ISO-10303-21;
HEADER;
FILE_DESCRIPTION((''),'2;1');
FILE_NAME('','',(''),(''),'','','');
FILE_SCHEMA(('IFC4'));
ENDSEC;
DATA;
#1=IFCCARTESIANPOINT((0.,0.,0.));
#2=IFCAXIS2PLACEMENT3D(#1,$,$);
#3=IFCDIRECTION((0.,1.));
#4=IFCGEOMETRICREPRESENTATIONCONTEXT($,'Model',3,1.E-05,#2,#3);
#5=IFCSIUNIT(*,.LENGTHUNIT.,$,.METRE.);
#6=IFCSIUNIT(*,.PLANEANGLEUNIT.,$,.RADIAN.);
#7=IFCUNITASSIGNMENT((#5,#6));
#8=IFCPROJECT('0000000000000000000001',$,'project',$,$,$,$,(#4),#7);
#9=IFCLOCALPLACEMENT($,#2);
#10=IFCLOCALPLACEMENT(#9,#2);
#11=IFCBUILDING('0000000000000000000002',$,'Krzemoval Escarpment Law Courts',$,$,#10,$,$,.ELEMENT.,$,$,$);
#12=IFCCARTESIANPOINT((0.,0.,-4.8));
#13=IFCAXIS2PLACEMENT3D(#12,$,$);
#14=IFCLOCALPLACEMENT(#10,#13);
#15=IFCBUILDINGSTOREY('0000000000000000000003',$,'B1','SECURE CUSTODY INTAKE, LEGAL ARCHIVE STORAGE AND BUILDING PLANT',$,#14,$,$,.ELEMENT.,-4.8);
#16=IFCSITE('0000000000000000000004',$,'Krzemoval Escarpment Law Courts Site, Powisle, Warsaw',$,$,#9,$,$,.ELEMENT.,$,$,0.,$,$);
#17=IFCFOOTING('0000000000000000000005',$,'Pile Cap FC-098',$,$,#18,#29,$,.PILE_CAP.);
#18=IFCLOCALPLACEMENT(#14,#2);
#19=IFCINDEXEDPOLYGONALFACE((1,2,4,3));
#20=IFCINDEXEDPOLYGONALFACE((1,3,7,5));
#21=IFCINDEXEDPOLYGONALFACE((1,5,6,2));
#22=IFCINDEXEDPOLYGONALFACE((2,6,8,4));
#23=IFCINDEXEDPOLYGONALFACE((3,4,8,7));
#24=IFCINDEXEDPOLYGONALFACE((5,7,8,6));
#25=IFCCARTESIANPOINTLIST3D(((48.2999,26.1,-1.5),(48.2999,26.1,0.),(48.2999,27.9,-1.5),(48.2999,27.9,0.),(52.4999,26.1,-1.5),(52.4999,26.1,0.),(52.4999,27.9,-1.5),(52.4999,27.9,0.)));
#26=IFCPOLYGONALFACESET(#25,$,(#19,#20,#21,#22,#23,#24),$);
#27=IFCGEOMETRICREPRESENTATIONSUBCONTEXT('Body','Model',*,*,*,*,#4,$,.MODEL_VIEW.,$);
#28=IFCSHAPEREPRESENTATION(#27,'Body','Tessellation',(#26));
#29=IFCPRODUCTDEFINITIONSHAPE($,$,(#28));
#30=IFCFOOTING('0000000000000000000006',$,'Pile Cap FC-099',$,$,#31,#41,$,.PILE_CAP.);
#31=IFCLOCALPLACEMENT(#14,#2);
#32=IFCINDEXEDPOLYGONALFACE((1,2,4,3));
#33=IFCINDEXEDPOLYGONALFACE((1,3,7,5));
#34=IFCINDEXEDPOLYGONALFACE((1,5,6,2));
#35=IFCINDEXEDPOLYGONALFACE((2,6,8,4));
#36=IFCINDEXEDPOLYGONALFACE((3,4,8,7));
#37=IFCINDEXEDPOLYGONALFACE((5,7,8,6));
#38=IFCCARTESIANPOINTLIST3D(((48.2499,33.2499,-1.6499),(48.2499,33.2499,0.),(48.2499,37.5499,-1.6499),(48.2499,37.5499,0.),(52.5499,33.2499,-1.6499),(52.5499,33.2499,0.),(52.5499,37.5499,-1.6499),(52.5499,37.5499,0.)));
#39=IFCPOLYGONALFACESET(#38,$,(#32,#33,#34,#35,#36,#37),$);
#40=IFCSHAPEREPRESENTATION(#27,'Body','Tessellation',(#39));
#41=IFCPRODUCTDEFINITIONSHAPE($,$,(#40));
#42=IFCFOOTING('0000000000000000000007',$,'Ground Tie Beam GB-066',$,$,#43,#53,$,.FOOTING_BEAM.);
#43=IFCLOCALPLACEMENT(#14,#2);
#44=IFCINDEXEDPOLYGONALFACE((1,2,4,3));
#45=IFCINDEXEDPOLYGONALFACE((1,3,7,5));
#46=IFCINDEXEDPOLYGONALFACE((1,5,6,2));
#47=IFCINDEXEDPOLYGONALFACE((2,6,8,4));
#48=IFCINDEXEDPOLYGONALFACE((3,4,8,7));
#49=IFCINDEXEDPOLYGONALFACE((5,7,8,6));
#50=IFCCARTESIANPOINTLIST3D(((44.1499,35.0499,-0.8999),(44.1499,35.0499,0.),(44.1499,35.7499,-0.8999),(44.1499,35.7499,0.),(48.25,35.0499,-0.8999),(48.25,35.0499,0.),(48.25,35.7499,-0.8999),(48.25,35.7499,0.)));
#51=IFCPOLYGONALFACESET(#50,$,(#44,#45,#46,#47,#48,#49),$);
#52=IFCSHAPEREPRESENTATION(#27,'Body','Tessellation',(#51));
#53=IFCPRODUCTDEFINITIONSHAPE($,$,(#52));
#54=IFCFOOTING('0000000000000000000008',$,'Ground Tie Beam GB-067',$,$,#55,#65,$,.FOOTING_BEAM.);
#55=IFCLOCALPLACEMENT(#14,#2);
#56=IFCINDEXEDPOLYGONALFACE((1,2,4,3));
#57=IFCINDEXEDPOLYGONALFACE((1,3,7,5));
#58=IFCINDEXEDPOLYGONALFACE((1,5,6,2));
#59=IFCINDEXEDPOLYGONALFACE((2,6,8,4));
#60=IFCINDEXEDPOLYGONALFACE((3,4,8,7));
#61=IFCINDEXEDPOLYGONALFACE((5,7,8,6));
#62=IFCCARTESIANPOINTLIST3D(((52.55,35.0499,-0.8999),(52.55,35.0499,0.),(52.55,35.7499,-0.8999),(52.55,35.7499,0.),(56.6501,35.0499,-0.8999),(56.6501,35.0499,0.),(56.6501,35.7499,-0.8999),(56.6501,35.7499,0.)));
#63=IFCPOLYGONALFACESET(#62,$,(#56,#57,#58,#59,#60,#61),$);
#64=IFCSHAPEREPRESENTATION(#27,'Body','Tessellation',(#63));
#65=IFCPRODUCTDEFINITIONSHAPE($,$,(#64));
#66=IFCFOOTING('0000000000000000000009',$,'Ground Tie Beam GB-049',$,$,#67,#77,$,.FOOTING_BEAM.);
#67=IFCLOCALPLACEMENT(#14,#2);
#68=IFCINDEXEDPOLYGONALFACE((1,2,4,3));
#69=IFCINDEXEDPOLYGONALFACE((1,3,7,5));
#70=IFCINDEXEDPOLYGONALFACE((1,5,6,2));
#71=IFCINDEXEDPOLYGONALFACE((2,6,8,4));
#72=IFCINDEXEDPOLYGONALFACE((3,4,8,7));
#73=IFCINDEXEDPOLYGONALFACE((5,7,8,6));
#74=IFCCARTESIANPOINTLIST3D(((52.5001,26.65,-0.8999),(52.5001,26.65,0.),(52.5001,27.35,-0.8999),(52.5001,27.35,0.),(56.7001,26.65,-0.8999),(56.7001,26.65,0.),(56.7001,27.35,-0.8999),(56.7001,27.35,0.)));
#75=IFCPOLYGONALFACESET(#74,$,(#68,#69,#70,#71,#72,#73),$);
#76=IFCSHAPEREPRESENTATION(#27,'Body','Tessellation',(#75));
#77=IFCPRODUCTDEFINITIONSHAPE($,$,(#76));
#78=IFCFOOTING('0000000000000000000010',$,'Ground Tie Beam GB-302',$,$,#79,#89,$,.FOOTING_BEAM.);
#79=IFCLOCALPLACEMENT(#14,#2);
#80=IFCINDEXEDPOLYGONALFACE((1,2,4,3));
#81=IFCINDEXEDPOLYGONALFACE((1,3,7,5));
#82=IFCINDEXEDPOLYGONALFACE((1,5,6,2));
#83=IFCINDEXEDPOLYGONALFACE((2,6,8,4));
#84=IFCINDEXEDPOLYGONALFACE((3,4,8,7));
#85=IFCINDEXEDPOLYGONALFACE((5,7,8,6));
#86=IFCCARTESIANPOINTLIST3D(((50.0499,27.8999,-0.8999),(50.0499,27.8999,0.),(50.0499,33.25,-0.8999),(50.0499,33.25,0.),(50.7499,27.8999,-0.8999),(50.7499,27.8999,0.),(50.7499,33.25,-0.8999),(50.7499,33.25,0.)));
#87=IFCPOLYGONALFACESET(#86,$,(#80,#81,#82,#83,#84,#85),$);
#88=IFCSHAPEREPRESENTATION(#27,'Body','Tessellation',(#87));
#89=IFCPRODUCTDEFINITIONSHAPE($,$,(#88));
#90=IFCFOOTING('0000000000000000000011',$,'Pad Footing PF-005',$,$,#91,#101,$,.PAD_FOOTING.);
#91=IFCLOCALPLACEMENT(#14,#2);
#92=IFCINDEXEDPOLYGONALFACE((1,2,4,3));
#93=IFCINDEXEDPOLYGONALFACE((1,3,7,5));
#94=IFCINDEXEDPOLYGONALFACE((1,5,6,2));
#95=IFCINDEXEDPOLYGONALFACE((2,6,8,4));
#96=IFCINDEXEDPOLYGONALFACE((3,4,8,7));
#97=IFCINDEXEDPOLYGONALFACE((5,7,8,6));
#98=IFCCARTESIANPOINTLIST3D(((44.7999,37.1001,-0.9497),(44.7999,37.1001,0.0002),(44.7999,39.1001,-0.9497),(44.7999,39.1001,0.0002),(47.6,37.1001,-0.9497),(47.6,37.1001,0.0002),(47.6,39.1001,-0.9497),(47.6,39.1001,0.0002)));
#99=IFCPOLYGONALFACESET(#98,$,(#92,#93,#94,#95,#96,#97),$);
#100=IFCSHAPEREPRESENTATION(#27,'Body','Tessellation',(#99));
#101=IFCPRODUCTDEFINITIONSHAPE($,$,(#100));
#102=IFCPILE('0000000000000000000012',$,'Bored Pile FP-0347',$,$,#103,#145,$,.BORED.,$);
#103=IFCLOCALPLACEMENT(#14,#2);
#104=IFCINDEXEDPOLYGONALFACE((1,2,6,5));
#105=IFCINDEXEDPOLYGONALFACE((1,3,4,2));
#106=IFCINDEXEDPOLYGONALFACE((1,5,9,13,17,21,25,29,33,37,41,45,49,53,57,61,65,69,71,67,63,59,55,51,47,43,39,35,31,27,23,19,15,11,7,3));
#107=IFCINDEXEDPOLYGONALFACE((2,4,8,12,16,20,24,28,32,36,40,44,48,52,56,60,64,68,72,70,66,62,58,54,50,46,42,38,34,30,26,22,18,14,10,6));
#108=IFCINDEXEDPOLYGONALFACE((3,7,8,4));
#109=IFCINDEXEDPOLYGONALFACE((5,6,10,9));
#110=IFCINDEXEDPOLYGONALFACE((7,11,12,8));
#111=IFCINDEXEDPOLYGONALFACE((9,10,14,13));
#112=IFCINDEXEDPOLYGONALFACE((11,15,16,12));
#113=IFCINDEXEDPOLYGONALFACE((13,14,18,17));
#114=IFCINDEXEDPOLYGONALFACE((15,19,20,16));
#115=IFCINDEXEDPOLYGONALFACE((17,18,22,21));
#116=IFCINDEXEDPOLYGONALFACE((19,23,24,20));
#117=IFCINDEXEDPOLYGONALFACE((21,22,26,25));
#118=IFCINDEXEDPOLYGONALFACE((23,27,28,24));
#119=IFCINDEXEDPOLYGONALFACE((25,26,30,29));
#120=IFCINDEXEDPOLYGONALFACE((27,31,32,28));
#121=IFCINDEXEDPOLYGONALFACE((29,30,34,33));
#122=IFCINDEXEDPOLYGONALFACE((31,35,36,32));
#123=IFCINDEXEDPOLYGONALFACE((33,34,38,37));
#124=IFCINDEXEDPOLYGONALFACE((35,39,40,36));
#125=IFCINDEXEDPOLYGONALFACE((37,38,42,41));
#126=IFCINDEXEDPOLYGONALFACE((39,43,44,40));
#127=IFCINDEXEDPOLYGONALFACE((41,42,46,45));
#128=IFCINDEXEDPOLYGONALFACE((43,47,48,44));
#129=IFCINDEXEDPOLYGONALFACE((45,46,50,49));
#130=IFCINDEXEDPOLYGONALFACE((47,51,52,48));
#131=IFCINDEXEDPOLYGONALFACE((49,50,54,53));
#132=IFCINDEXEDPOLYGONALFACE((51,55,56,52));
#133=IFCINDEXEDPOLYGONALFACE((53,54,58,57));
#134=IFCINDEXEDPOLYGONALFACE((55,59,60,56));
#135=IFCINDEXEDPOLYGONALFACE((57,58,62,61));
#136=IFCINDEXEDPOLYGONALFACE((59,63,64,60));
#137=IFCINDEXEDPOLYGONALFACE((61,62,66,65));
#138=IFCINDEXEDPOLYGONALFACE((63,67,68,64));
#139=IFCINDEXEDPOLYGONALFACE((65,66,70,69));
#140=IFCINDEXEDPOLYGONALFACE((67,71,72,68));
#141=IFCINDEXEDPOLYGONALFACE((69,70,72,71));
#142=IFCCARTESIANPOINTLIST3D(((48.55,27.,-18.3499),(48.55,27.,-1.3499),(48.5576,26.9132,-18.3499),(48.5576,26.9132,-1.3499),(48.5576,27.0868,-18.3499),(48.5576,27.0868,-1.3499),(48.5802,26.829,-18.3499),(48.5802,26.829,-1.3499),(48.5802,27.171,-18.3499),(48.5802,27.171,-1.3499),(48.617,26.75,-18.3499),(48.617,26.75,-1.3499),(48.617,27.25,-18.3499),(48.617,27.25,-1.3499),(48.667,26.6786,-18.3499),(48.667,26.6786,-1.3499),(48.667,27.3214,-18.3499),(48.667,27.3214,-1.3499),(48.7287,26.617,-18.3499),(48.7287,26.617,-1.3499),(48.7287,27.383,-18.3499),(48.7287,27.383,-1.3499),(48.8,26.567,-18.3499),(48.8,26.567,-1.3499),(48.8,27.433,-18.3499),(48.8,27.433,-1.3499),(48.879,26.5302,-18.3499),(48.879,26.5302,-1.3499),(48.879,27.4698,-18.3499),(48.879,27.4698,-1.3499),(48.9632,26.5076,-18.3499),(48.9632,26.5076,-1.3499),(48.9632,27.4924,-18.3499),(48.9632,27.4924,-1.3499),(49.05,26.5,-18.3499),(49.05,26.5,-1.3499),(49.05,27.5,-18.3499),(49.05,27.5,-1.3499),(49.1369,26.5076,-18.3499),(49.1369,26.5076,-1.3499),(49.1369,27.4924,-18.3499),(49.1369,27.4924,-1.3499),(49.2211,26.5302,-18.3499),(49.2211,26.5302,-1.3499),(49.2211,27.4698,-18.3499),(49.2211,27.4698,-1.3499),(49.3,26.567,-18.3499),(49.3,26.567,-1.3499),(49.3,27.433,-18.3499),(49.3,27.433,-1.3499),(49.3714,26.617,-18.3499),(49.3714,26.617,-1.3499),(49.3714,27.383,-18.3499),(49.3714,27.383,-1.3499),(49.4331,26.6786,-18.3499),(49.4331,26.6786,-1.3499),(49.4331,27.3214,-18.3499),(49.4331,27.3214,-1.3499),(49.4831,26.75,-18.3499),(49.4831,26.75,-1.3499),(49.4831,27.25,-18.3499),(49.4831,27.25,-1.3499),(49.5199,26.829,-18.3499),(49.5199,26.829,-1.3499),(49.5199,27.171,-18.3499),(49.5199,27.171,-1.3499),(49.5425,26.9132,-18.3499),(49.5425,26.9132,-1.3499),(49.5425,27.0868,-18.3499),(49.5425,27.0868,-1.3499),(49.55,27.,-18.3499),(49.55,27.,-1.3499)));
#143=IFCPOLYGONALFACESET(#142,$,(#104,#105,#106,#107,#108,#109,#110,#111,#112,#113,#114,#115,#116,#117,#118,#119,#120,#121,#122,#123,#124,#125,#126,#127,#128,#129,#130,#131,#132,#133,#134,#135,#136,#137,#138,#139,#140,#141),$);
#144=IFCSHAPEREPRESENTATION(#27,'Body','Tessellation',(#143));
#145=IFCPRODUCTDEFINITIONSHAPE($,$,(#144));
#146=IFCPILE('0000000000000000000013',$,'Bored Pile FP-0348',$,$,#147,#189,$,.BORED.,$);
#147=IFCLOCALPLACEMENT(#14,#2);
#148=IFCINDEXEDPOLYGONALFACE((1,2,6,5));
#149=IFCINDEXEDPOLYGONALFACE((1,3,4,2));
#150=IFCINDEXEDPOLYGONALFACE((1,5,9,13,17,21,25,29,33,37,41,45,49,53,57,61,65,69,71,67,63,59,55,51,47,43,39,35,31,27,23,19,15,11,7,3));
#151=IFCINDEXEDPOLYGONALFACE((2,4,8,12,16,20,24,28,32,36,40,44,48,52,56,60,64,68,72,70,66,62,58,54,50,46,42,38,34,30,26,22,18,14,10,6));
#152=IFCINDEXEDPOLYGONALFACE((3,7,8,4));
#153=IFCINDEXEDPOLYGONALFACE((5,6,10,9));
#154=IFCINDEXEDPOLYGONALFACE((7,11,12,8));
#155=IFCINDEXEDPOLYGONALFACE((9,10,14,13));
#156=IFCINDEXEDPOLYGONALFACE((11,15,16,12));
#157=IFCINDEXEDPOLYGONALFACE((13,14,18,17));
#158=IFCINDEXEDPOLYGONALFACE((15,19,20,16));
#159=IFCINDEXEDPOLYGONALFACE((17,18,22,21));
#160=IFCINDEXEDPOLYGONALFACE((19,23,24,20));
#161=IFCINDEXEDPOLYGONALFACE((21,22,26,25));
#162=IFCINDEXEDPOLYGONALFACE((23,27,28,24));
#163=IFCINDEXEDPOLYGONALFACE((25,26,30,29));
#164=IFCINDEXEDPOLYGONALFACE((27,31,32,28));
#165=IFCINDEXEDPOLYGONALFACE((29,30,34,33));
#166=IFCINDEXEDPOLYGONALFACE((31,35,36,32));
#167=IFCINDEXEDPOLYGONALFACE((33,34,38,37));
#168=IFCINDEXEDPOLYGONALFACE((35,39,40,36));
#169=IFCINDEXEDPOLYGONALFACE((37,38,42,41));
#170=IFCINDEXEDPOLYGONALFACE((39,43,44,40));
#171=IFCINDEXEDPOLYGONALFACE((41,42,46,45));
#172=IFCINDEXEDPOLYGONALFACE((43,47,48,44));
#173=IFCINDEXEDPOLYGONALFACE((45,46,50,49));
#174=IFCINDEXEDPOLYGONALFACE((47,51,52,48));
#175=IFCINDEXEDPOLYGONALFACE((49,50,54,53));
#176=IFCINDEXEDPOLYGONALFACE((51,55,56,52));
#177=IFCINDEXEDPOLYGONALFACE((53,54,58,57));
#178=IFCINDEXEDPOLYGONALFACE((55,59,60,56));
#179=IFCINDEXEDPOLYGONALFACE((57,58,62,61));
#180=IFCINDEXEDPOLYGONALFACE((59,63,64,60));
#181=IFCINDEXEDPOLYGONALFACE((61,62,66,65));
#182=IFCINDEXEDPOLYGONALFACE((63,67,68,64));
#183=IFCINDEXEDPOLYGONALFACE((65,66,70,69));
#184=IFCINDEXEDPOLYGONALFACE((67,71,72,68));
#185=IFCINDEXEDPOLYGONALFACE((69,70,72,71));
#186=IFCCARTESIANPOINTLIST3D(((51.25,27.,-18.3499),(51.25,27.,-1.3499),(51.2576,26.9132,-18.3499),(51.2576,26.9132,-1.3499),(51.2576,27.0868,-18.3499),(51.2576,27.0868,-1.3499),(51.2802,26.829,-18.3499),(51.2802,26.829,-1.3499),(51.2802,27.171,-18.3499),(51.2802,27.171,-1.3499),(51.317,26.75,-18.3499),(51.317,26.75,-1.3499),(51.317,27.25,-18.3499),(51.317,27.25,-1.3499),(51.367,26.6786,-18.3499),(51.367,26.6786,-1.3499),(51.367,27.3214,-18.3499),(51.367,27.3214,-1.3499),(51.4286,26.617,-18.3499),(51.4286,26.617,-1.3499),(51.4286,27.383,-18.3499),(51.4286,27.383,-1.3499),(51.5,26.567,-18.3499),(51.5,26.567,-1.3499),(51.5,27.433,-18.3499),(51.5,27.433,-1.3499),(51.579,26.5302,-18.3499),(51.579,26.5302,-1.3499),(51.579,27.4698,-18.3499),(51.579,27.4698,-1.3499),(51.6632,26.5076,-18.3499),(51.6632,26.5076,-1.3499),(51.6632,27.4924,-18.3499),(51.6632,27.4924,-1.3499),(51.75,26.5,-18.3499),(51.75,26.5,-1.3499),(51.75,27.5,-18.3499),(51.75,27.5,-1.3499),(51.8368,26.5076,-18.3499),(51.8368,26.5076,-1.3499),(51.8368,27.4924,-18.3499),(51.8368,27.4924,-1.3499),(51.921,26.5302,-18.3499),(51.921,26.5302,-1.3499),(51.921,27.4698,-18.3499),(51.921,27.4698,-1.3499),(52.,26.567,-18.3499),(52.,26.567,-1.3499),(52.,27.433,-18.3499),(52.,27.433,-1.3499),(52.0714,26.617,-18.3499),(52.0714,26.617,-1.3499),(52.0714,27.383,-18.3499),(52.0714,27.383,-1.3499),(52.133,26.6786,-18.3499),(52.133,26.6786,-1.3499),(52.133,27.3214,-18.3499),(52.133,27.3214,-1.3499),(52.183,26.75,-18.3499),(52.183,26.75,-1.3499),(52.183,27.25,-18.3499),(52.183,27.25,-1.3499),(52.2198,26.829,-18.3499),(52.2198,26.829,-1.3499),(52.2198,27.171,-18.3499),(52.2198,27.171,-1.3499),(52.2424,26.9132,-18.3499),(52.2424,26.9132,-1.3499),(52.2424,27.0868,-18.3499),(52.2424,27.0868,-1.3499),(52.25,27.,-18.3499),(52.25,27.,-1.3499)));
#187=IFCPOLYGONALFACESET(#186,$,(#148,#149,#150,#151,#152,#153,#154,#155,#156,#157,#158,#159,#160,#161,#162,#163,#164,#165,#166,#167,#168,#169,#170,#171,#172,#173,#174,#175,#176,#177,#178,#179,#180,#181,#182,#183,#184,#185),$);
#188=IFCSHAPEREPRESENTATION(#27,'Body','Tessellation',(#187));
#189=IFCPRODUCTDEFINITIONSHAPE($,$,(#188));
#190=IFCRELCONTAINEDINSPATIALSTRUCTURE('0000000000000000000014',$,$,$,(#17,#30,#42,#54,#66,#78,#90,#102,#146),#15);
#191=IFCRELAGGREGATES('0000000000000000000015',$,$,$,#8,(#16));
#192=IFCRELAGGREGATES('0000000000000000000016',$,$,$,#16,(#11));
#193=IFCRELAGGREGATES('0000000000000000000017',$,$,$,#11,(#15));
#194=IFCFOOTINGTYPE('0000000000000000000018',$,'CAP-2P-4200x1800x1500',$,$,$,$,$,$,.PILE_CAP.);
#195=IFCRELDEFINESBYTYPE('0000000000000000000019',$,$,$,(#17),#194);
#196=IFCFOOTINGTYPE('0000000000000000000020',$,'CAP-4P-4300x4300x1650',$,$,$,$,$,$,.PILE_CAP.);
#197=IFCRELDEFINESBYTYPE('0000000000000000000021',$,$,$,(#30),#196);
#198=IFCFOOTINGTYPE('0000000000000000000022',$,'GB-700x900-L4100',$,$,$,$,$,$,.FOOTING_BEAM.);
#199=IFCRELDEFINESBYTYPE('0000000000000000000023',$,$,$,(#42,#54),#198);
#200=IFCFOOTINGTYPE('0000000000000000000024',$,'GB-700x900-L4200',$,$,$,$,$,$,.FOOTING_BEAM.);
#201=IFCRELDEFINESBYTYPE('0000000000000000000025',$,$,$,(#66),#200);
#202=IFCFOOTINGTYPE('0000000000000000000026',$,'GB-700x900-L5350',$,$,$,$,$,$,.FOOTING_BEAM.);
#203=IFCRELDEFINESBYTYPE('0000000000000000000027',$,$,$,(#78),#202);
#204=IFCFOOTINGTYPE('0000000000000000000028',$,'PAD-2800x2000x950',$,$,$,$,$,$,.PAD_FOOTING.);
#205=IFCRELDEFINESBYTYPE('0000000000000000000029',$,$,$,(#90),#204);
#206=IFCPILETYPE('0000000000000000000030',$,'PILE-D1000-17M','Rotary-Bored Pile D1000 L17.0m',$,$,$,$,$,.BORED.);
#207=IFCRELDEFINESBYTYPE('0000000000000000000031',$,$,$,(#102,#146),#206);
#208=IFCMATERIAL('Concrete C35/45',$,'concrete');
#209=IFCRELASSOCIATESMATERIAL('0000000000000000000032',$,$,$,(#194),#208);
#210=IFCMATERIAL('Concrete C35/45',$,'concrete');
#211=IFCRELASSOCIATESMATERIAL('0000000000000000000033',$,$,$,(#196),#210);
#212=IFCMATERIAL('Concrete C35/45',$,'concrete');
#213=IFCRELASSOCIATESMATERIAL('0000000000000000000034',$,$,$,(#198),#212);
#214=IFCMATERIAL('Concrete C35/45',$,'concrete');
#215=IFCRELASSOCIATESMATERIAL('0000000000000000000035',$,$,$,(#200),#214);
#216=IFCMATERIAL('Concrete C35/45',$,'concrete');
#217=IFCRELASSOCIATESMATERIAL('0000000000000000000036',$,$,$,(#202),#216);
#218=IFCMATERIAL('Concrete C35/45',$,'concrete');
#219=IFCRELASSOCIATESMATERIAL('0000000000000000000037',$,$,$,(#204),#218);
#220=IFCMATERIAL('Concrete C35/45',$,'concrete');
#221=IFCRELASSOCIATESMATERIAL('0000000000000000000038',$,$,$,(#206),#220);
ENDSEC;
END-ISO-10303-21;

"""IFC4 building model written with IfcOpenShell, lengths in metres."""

from ifc_helpers import new_model, si_unit, direction, frame, origin, origin_2d, place, context, subcontext, project, spatial, rectangle, circle, extrude, material, material_profile, profile_set, type_object, element, save


model = new_model("IFC4")

# Units and contexts
model_context = context("Model", 3, precision=1e-05, world=origin(), true_north=direction((0.0, 1.0)))
body_context = subcontext(model_context, "Body", "Model", "MODEL_VIEW")
ifc_project = project(units=[si_unit("LENGTHUNIT", "METRE"), si_unit("PLANEANGLEUNIT", "RADIAN")], contexts=[model_context])

# Site, building, storey
site_placement = place(None, origin())
site = spatial("IfcSite", under=ifc_project, at=site_placement, Name="Krzemoval Escarpment Law Courts Site, Powisle, Warsaw", CompositionType="ELEMENT", RefElevation=0.0)
building_placement = place(site_placement, origin())
building = spatial("IfcBuilding", under=site, at=building_placement, Name="Krzemoval Escarpment Law Courts", CompositionType="ELEMENT")
storey_placement = place(building_placement, frame((0.0, 0.0, -4.8)))
storey = spatial("IfcBuildingStorey", under=building, at=storey_placement, Name="B1", Description="SECURE CUSTODY INTAKE, LEGAL ARCHIVE STORAGE AND BUILDING PLANT", CompositionType="ELEMENT", Elevation=-4.8)

# Footings
ifc_material_1 = material(Name="Concrete C35/45", Category="concrete")
footing_type_1 = type_object("IfcFootingType", Name="CAP-2P-4200x1800x1500", PredefinedType="PILE_CAP", material=ifc_material_1)
footing_1_placement = place(storey_placement, frame((50.3999, 27.0, -1.5), z_axis=(0.0, 0.0, 1.0), x_axis=(1.0, 0.0, 0.0)))
element("IfcFooting", 1, at=footing_1_placement, inside=storey, type_object=footing_type_1, Name="Pile Cap FC-098", PredefinedType="PILE_CAP", context=body_context, shape_type="SweptSolid", body=[
    extrude(rectangle(XDim=4.2, YDim=1.8, at=origin_2d()), origin(), (0.0, 0.0, 1.0), 1.5),
])
ifc_material_2 = material(Name="Concrete C35/45", Category="concrete")
footing_type_2 = type_object("IfcFootingType", Name="CAP-4P-4300x4300x1650", PredefinedType="PILE_CAP", material=ifc_material_2)
footing_2_placement = place(storey_placement, frame((50.3999, 35.3999, -1.6499), z_axis=(0.0, 0.0, 1.0), x_axis=(1.0, 0.0, 0.0)))
element("IfcFooting", 2, at=footing_2_placement, inside=storey, type_object=footing_type_2, Name="Pile Cap FC-099", PredefinedType="PILE_CAP", context=body_context, shape_type="SweptSolid", body=[
    extrude(rectangle(XDim=4.3, YDim=4.3, at=origin_2d()), origin(), (0.0, 0.0, 1.0), 1.6499),
])
ifc_material_3 = material(Name="Concrete C35/45", Category="concrete")
footing_type_3 = type_object("IfcFootingType", Name="GB-700x900-L4100", PredefinedType="FOOTING_BEAM", material=ifc_material_3)
for number, where, z_axis, x_axis, name in (
    (3, (46.2, 35.3999, -0.8999), (0.0, 0.0, 1.0), (1.0, 0.0, 0.0), "Ground Tie Beam GB-066"),
    (4, (54.6001, 35.3999, -0.8999), (0.0, 0.0, 1.0), (1.0, 0.0, 0.0), "Ground Tie Beam GB-067"),
):
    element("IfcFooting", number, at=place(storey_placement, frame(where, z_axis=z_axis, x_axis=x_axis)), inside=storey, type_object=footing_type_3, Name=name, PredefinedType="FOOTING_BEAM", context=body_context, shape_type="SweptSolid", body=[
        extrude(rectangle(XDim=4.1001, YDim=0.7, at=origin_2d()), origin(), (0.0, 0.0, 1.0), 0.8999),
    ])
ifc_material_4 = material(Name="Concrete C35/45", Category="concrete")
footing_type_4 = type_object("IfcFootingType", Name="GB-700x900-L4200", PredefinedType="FOOTING_BEAM", material=ifc_material_4)
footing_3_placement = place(storey_placement, frame((54.6001, 27.0, -0.8999), z_axis=(0.0, 0.0, 1.0), x_axis=(1.0, 0.0, 0.0)))
element("IfcFooting", 5, at=footing_3_placement, inside=storey, type_object=footing_type_4, Name="Ground Tie Beam GB-049", PredefinedType="FOOTING_BEAM", context=body_context, shape_type="SweptSolid", body=[
    extrude(rectangle(XDim=4.2, YDim=0.7, at=origin_2d()), origin(), (0.0, 0.0, 1.0), 0.8999),
])
ifc_material_5 = material(Name="Concrete C35/45", Category="concrete")
footing_type_5 = type_object("IfcFootingType", Name="GB-700x900-L5350", PredefinedType="FOOTING_BEAM", material=ifc_material_5)
footing_4_placement = place(storey_placement, frame((50.3999, 30.575, -0.8999), z_axis=(0.0, 0.0, 1.0), x_axis=(0.0, 1.0, 0.0)))
element("IfcFooting", 6, at=footing_4_placement, inside=storey, type_object=footing_type_5, Name="Ground Tie Beam GB-302", PredefinedType="FOOTING_BEAM", context=body_context, shape_type="SweptSolid", body=[
    extrude(rectangle(XDim=5.3501, YDim=0.7, at=origin_2d()), origin(), (0.0, 0.0, 1.0), 0.8999),
])
ifc_material_6 = material(Name="Concrete C35/45", Category="concrete")
footing_type_6 = type_object("IfcFootingType", Name="PAD-2800x2000x950", PredefinedType="PAD_FOOTING", material=ifc_material_6)
footing_5_placement = place(storey_placement, frame((46.2, 38.1001, -0.9497), z_axis=(0.0, 0.0, 1.0), x_axis=(1.0, 0.0, 0.0)))
element("IfcFooting", 7, at=footing_5_placement, inside=storey, type_object=footing_type_6, Name="Pad Footing PF-005", PredefinedType="PAD_FOOTING", context=body_context, shape_type="SweptSolid", body=[
    extrude(rectangle(XDim=2.8, YDim=2.0, at=origin_2d()), origin(), (0.0, 0.0, 1.0), 0.95),
])

# Piles
ifc_material_7 = material(Name="Concrete C35/45", Category="concrete")
ifc_material_profile_1 = material_profile(ifc_material_7, circle(Radius=0.5, at=origin_2d()), Name="PILE D1000")
ifc_profile_set_1 = profile_set([ifc_material_profile_1], Name="Concrete C35/45")
pile_type = type_object("IfcPileType", Name="PILE-D1000-17M", Description="Rotary-Bored Pile D1000 L17.0m", PredefinedType="BORED", material=ifc_profile_set_1)
for number, where, z_axis, x_axis, name in (
    (8, (49.05, 27.0, -1.3499), (0.0, 0.0, -1.0), (1.0, 0.0, 0.0), "Bored Pile FP-0347"),
    (9, (51.75, 27.0, -1.3499), (0.0, 0.0, -1.0), (1.0, 0.0, 0.0), "Bored Pile FP-0348"),
):
    element("IfcPile", number, at=place(storey_placement, frame(where, z_axis=z_axis, x_axis=x_axis)), inside=storey, type_object=pile_type, Name=name, PredefinedType="BORED", context=body_context, shape_type="SweptSolid", body=[
        extrude(circle(Radius=0.5, at=origin_2d()), origin(), (0.0, 0.0, 1.0), 17.0),
    ])

save(model, "model.ifc")
